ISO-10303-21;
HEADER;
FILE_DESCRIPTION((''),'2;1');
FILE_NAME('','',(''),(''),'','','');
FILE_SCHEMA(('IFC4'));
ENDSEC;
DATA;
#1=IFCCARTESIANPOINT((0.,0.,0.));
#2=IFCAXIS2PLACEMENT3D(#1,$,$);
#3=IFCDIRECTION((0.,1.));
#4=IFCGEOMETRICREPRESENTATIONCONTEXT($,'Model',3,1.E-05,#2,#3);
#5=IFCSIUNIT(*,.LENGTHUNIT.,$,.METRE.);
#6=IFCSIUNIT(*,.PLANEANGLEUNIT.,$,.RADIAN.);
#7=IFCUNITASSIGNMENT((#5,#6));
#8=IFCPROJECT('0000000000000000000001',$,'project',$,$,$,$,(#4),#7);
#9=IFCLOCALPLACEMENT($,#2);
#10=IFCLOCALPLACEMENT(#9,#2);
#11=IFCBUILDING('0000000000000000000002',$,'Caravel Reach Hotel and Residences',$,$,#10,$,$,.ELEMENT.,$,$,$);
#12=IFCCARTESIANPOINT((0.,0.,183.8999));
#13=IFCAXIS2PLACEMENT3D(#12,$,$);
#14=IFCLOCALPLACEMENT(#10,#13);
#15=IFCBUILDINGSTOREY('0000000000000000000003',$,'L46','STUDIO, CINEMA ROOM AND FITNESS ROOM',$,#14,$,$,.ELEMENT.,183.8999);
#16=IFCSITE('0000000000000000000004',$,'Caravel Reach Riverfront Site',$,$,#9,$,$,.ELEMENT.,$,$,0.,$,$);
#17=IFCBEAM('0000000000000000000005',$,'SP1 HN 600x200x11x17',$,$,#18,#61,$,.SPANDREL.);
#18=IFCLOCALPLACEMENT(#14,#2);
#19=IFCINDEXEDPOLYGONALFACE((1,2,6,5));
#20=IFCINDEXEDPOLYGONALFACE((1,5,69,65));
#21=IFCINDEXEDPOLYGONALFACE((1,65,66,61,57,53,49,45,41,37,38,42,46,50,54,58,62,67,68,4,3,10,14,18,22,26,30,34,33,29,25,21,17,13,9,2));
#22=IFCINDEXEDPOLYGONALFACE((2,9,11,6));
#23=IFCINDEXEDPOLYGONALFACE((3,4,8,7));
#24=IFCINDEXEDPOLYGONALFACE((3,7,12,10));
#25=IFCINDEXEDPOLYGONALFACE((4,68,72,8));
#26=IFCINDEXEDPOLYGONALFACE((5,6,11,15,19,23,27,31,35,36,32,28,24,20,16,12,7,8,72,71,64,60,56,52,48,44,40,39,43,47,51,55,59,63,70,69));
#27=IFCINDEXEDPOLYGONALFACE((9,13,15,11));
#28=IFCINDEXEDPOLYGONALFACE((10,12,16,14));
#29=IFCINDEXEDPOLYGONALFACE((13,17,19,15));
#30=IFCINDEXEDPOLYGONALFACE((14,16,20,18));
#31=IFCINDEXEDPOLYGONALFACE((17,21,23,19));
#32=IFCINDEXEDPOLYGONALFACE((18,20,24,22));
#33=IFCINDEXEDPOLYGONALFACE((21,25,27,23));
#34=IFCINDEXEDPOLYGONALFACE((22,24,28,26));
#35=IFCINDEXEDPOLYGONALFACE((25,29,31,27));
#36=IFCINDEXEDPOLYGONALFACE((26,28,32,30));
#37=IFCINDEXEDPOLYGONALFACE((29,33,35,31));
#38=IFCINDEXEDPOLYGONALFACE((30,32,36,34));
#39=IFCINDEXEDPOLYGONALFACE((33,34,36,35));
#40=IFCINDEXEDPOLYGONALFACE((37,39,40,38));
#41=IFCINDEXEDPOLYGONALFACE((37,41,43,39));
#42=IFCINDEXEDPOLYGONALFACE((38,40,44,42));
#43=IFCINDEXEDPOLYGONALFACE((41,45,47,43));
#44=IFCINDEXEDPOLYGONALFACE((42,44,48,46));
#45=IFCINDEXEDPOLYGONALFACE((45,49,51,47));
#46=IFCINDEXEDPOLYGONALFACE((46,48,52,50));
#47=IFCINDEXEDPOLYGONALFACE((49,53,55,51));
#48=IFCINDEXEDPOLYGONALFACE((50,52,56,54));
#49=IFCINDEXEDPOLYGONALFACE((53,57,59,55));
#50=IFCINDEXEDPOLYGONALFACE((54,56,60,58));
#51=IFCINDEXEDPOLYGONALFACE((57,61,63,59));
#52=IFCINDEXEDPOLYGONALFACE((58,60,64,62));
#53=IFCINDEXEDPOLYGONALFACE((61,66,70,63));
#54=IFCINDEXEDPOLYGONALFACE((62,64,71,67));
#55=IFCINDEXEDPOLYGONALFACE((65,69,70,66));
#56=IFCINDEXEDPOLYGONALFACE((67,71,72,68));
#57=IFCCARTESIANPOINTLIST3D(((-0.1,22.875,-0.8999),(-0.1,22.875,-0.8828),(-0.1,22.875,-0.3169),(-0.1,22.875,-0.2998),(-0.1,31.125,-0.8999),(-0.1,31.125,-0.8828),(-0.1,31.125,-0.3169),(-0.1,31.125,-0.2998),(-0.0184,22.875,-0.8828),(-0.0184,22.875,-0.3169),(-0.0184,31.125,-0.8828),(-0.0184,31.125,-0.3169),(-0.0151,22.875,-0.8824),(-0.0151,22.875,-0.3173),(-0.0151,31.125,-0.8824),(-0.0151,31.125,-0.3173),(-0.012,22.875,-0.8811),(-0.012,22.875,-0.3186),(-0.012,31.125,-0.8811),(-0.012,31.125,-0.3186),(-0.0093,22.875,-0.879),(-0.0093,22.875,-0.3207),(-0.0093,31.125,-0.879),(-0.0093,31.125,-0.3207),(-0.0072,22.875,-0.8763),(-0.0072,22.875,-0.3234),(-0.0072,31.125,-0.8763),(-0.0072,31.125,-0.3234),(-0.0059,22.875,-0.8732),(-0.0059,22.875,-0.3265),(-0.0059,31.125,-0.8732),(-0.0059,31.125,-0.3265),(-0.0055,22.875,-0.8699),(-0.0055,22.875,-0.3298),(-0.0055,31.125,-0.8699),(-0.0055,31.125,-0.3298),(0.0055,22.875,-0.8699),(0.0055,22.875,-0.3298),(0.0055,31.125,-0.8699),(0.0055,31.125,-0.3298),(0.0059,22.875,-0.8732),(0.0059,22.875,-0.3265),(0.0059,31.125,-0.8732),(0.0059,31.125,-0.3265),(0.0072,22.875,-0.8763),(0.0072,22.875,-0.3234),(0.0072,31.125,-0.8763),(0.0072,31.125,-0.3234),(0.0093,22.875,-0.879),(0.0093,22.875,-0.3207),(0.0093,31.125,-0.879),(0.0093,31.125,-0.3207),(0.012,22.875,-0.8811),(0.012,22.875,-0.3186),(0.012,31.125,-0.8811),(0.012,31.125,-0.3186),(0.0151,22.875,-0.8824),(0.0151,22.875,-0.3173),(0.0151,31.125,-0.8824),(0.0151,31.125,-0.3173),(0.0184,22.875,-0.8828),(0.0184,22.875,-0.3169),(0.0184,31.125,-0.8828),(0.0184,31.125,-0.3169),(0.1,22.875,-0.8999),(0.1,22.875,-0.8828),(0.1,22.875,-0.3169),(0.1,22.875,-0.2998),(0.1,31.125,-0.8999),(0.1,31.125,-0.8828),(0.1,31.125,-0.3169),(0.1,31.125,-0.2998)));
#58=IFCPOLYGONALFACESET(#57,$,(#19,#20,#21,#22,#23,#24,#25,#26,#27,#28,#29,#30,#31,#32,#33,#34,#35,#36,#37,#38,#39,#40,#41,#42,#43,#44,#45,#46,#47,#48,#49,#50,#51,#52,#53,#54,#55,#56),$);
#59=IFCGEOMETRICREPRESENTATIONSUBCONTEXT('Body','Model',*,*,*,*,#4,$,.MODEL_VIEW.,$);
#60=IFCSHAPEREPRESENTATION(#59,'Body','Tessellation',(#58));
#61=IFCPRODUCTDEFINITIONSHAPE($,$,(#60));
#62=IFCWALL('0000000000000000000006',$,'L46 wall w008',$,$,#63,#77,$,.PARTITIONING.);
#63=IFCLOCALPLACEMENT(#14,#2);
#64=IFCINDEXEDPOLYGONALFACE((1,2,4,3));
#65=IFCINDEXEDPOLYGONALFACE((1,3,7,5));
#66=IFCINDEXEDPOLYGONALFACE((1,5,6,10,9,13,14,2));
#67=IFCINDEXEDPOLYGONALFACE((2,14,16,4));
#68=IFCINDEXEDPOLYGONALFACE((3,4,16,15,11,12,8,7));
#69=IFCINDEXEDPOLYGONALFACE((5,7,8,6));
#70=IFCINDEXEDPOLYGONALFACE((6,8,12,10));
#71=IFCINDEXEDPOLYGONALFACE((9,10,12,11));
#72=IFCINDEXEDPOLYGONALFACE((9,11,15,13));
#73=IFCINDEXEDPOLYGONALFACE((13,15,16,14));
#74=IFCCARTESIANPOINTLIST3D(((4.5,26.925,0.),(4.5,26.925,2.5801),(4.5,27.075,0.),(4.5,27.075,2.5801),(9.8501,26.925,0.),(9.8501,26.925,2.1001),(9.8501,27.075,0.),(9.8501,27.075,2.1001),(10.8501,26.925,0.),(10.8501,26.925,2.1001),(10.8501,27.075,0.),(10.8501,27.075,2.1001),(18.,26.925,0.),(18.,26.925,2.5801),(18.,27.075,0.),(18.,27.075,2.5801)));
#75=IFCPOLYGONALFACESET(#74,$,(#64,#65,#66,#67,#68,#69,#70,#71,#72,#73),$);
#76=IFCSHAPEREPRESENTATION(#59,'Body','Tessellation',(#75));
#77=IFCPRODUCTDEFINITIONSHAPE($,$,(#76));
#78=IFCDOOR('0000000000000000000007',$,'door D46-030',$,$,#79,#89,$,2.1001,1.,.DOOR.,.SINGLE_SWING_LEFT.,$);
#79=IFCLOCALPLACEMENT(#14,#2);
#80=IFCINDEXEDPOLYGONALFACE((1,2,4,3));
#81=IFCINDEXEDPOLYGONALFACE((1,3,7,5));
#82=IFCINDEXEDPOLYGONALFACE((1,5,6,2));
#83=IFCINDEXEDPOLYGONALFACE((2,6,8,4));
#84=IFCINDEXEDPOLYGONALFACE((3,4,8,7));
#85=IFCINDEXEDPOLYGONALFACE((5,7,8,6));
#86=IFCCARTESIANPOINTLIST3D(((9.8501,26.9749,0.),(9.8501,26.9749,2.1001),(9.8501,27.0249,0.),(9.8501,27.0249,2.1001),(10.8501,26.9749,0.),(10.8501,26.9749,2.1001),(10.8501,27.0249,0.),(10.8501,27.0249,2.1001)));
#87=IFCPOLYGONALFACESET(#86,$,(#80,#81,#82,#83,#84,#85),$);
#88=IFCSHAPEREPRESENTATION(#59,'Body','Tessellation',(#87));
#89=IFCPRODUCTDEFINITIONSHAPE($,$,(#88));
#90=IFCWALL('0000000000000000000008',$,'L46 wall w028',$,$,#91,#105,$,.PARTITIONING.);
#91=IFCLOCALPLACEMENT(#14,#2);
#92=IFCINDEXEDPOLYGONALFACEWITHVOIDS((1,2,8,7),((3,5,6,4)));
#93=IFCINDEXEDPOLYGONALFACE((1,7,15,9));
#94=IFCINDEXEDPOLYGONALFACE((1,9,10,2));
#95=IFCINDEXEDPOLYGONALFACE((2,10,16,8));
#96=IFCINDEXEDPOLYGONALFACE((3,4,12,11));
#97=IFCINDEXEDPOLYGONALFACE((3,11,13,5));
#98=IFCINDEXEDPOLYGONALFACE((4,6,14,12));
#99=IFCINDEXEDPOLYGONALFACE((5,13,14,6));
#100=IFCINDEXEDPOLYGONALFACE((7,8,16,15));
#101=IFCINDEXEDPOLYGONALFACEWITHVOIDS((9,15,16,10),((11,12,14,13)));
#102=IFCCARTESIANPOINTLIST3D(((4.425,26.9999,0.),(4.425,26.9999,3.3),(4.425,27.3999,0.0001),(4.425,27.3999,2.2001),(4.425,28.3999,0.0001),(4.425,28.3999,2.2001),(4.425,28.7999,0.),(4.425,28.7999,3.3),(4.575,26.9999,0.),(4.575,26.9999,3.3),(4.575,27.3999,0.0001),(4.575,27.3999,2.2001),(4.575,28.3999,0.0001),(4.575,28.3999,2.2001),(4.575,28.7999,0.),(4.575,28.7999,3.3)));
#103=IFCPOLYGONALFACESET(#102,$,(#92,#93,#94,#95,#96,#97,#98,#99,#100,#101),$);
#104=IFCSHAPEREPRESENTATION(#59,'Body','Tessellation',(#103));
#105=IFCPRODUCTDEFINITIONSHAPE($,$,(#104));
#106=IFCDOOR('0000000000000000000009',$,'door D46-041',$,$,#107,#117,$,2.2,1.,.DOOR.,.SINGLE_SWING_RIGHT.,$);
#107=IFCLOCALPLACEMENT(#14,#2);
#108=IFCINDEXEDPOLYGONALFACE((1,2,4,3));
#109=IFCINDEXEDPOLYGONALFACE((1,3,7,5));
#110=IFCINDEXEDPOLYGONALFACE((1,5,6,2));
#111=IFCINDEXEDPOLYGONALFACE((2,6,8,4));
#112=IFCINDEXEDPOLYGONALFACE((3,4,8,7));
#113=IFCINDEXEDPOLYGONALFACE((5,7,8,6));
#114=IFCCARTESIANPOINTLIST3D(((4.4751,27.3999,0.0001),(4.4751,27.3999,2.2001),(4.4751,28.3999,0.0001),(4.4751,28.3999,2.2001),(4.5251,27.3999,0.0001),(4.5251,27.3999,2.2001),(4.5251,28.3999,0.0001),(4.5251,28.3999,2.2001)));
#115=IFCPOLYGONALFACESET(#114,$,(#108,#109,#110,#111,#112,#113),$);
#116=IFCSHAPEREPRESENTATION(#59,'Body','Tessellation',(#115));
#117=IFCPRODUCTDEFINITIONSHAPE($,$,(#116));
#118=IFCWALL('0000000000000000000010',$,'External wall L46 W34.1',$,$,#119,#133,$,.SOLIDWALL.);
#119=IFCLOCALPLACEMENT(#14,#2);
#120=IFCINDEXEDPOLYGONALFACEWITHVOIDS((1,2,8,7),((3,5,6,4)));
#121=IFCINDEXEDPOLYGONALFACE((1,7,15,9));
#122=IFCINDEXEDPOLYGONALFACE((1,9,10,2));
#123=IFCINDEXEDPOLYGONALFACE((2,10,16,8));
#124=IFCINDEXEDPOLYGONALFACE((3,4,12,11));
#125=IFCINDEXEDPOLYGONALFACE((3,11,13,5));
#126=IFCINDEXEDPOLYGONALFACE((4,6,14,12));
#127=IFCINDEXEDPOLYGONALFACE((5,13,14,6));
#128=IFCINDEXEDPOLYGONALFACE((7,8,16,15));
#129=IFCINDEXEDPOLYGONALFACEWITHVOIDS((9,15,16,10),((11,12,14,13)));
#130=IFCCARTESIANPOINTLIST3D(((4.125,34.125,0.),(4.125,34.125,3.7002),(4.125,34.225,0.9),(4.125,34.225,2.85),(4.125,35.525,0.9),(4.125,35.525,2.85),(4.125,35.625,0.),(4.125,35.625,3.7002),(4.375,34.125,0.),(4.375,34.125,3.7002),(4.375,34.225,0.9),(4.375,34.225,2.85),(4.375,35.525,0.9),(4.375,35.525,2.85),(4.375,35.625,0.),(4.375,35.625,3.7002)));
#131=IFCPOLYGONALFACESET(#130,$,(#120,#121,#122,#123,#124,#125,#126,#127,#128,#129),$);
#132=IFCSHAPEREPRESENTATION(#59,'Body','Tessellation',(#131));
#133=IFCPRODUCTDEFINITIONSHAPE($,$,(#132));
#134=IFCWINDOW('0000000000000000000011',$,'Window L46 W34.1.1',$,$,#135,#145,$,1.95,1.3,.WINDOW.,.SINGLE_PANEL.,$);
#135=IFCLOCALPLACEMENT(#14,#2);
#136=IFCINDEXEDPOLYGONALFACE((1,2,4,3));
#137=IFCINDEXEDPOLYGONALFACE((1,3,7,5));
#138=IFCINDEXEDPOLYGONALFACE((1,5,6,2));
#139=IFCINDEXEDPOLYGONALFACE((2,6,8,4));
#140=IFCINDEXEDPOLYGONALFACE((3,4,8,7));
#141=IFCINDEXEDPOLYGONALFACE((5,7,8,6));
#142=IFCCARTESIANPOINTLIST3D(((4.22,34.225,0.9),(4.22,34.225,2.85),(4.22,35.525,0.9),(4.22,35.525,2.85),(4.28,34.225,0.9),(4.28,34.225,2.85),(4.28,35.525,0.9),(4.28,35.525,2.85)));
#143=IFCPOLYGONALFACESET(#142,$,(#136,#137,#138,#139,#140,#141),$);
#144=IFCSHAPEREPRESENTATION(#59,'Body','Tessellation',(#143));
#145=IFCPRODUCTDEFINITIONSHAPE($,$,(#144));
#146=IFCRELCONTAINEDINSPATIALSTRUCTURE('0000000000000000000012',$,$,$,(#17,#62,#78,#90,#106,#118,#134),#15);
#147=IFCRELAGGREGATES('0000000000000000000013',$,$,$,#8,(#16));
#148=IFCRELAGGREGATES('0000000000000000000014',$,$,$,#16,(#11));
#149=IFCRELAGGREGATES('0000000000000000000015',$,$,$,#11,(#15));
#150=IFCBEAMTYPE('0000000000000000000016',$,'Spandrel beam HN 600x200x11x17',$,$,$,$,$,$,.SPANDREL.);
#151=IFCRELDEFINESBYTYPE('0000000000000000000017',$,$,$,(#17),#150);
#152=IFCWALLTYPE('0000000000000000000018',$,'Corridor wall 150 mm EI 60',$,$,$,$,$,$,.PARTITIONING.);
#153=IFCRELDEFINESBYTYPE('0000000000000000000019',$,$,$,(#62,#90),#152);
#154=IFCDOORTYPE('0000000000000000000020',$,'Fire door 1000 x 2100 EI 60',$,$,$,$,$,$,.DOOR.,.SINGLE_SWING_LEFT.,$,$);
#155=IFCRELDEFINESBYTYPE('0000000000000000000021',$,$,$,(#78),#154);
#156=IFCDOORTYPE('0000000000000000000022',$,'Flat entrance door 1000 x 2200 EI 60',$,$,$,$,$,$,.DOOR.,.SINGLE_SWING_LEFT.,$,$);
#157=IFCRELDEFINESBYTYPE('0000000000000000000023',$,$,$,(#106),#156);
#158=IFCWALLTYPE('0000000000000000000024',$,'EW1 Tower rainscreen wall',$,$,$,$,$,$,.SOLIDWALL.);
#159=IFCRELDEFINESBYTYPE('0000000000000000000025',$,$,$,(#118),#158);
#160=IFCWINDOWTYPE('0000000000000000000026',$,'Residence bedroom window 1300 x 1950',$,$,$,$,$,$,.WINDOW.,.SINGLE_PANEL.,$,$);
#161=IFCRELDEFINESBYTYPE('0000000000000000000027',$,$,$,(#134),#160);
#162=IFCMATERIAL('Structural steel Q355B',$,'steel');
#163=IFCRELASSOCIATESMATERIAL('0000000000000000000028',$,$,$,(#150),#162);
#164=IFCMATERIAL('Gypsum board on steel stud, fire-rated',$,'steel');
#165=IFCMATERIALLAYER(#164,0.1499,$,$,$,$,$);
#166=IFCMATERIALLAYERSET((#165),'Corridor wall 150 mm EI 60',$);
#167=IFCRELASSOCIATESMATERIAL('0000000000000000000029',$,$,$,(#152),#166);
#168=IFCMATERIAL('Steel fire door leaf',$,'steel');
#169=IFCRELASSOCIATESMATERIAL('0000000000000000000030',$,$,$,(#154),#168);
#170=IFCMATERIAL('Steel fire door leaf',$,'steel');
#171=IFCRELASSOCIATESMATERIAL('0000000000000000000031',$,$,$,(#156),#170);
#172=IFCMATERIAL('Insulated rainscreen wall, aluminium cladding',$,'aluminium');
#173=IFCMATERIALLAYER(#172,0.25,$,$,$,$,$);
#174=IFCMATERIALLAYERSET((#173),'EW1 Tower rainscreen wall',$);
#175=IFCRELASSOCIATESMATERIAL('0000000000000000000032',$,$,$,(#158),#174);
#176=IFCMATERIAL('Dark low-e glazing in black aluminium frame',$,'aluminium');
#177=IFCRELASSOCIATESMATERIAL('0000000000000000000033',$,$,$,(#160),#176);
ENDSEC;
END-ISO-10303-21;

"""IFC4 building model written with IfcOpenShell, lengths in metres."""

from ifc_helpers import new_model, si_unit, direction, frame, frame_2d, origin, origin_2d, place, context, subcontext, project, spatial, rectangle, i_section, extrude, material, layer, layer_set, material_profile, profile_set, type_object, element, fill, save


model = new_model("IFC4")

# Units and contexts
model_context = context("Model", 3, precision=1e-05, world=origin(), true_north=direction((0.0, 1.0)))
body_context = subcontext(model_context, "Body", "Model", "MODEL_VIEW")
ifc_project = project(units=[si_unit("LENGTHUNIT", "METRE"), si_unit("PLANEANGLEUNIT", "RADIAN")], contexts=[model_context])

# Site, building, storey
site_placement = place(None, origin())
site = spatial("IfcSite", under=ifc_project, at=site_placement, Name="Caravel Reach Riverfront Site", CompositionType="ELEMENT", RefElevation=0.0)
building_placement = place(site_placement, origin())
building = spatial("IfcBuilding", under=site, at=building_placement, Name="Caravel Reach Hotel and Residences", CompositionType="ELEMENT")
storey_placement = place(building_placement, frame((0.0, 0.0, 183.8999)))
storey = spatial("IfcBuildingStorey", under=building, at=storey_placement, Name="L46", Description="STUDIO, CINEMA ROOM AND FITNESS ROOM", CompositionType="ELEMENT", Elevation=183.8999)

# Beam
ifc_material_1 = material(Name="Structural steel Q355B", Category="steel")
ifc_material_profile_1 = material_profile(ifc_material_1, i_section(OverallWidth=0.2, OverallDepth=0.6001, WebThickness=0.011, FlangeThickness=0.0171, FilletRadius=0.0129, at=origin_2d()), Name="HN 600x200x11x17")
ifc_profile_set_1 = profile_set([ifc_material_profile_1], Name="Structural steel Q355B")
beam_type = type_object("IfcBeamType", Name="Spandrel beam HN 600x200x11x17", PredefinedType="SPANDREL", material=ifc_profile_set_1)
beam_placement = place(storey_placement, frame((0.0, 31.125, -0.5999), z_axis=(0.0, -1.0, 0.0), x_axis=(1.0, 0.0, 0.0)))
element("IfcBeam", 1, at=beam_placement, inside=storey, type_object=beam_type, Name="SP1 HN 600x200x11x17", PredefinedType="SPANDREL", context=body_context, shape_type="SweptSolid", body=[
    extrude(i_section(OverallWidth=0.2, OverallDepth=0.6001, WebThickness=0.011, FlangeThickness=0.0171, FilletRadius=0.0129, at=origin_2d()), origin(), (0.0, 0.0, 1.0), 8.25),
])

# Walls, openings, doors
ifc_material_2 = material(Name="Gypsum board on steel stud, fire-rated", Category="steel")
ifc_layer_1 = layer(ifc_material_2, 0.1499)
ifc_layer_set_1 = layer_set([ifc_layer_1], Name="Corridor wall 150 mm EI 60")
wall_type_1 = type_object("IfcWallType", Name="Corridor wall 150 mm EI 60", PredefinedType="PARTITIONING", material=ifc_layer_set_1)
wall_1_placement = place(storey_placement, frame((4.5, 27.0, 0.0), z_axis=(0.0, 0.0, 1.0), x_axis=(1.0, 0.0, 0.0)))
wall_1 = element("IfcWall", 2, at=wall_1_placement, inside=storey, type_object=wall_type_1, Name="L46 wall w008", PredefinedType="PARTITIONING", context=body_context, shape_type="SweptSolid", body=[
    extrude(rectangle(XDim=13.5, YDim=0.1499, at=frame_2d((6.75, 0.0))), origin(), (0.0, 0.0, 1.0), 2.5801),
])
opening_1_placement = place(wall_1_placement, frame((5.3501, 0.0, 0.0)))
opening_1 = element("IfcOpeningElement", 3, at=opening_1_placement, cuts=wall_1, PredefinedType="OPENING", context=body_context, shape_type="SweptSolid", body=[
    extrude(rectangle(XDim=1.0, YDim=2.1001, at=frame_2d((0.5, 1.05))), frame((0.0, 0.085, 0.0), z_axis=(0.0, -1.0, 0.0), x_axis=(1.0, 0.0, 0.0)), (0.0, 0.0, 1.0), 0.1699),
])
ifc_material_3 = material(Name="Steel fire door leaf", Category="steel")
door_type_1 = type_object("IfcDoorType", Name="Fire door 1000 x 2100 EI 60", OperationType="SINGLE_SWING_LEFT", PredefinedType="DOOR", material=ifc_material_3)
door_1_placement = place(opening_1_placement, origin())
door_1 = element("IfcDoor", 4, at=door_1_placement, inside=storey, type_object=door_type_1, Name="door D46-030", OperationType="SINGLE_SWING_LEFT", OverallHeight=2.1001, OverallWidth=1.0, PredefinedType="DOOR", context=body_context, shape_type="SweptSolid", body=[
    extrude(rectangle(XDim=1.0, YDim=2.1001, at=frame_2d((0.5, 1.05))), frame((0.0, 0.0249, 0.0), z_axis=(0.0, -1.0, 0.0), x_axis=(1.0, 0.0, 0.0)), (0.0, 0.0, 1.0), 0.05),
])
fill(opening_1, door_1)
wall_2_placement = place(storey_placement, frame((4.5, 27.0, 0.0), z_axis=(0.0, 0.0, 1.0), x_axis=(0.0, 1.0, 0.0)))
wall_2 = element("IfcWall", 5, at=wall_2_placement, inside=storey, type_object=wall_type_1, Name="L46 wall w028", PredefinedType="PARTITIONING", context=body_context, shape_type="SweptSolid", body=[
    extrude(rectangle(XDim=1.8, YDim=0.1499, at=frame_2d((0.8999, 0.0))), origin(), (0.0, 0.0, 1.0), 3.3),
])
opening_2_placement = place(wall_2_placement, frame((0.3999, 0.0, 0.0)))
opening_2 = element("IfcOpeningElement", 6, at=opening_2_placement, cuts=wall_2, PredefinedType="OPENING", context=body_context, shape_type="SweptSolid", body=[
    extrude(rectangle(XDim=1.0, YDim=2.2, at=frame_2d((0.5, 1.1001))), frame((0.0, 0.085, 0.0), z_axis=(0.0, -1.0, 0.0), x_axis=(1.0, 0.0, 0.0)), (0.0, 0.0, 1.0), 0.1699),
])
ifc_material_4 = material(Name="Steel fire door leaf", Category="steel")
door_type_2 = type_object("IfcDoorType", Name="Flat entrance door 1000 x 2200 EI 60", OperationType="SINGLE_SWING_LEFT", PredefinedType="DOOR", material=ifc_material_4)
door_2_placement = place(opening_2_placement, origin())
door_2 = element("IfcDoor", 7, at=door_2_placement, inside=storey, type_object=door_type_2, Name="door D46-041", OperationType="SINGLE_SWING_RIGHT", OverallHeight=2.2, OverallWidth=1.0, PredefinedType="DOOR", context=body_context, shape_type="SweptSolid", body=[
    extrude(rectangle(XDim=1.0, YDim=2.2, at=frame_2d((0.5, 1.1001))), frame((0.0, 0.0249, 0.0), z_axis=(0.0, -1.0, 0.0), x_axis=(1.0, 0.0, 0.0)), (0.0, 0.0, 1.0), 0.05),
])
fill(opening_2, door_2)

# Wall, opening, window
ifc_material_5 = material(Name="Insulated rainscreen wall, aluminium cladding", Category="aluminium")
ifc_layer_2 = layer(ifc_material_5, 0.25)
ifc_layer_set_2 = layer_set([ifc_layer_2], Name="EW1 Tower rainscreen wall")
wall_type_2 = type_object("IfcWallType", Name="EW1 Tower rainscreen wall", PredefinedType="SOLIDWALL", material=ifc_layer_set_2)
wall_3_placement = place(storey_placement, frame((4.25, 35.625, 0.0), z_axis=(0.0, 0.0, 1.0), x_axis=(0.0, -1.0, 0.0)))
wall_3 = element("IfcWall", 8, at=wall_3_placement, inside=storey, type_object=wall_type_2, Name="External wall L46 W34.1", PredefinedType="SOLIDWALL", context=body_context, shape_type="SweptSolid", body=[
    extrude(rectangle(XDim=1.5, YDim=0.25, at=frame_2d((0.75, 0.0))), origin(), (0.0, 0.0, 1.0), 3.7002),
])
opening_3_placement = place(wall_3_placement, frame((0.1001, 0.0, 0.8999)))
opening_3 = element("IfcOpeningElement", 9, at=opening_3_placement, cuts=wall_3, PredefinedType="OPENING", context=body_context, shape_type="SweptSolid", body=[
    extrude(rectangle(XDim=1.3, YDim=1.95, at=frame_2d((0.6499, 0.9751))), frame((0.0, 0.135, 0.0), z_axis=(0.0, -1.0, 0.0), x_axis=(1.0, 0.0, 0.0)), (0.0, 0.0, 1.0), 0.27),
])
ifc_material_6 = material(Name="Dark low-e glazing in black aluminium frame", Category="aluminium")
window_type_1 = type_object("IfcWindowType", Name="Residence bedroom window 1300 x 1950", PartitioningType="SINGLE_PANEL", PredefinedType="WINDOW", material=ifc_material_6)
window_1_placement = place(opening_3_placement, origin())
window_1 = element("IfcWindow", 10, at=window_1_placement, inside=storey, type_object=window_type_1, Name="Window L46 W34.1.1", OverallHeight=1.95, OverallWidth=1.3, PartitioningType="SINGLE_PANEL", PredefinedType="WINDOW", context=body_context, shape_type="SweptSolid", body=[
    extrude(rectangle(XDim=1.3, YDim=1.95, at=frame_2d((0.6499, 0.9751))), frame((0.0, 0.03, 0.0), z_axis=(0.0, -1.0, 0.0), x_axis=(1.0, 0.0, 0.0)), (0.0, 0.0, 1.0), 0.0601),
])
fill(opening_3, window_1)

save(model, "model.ifc")
